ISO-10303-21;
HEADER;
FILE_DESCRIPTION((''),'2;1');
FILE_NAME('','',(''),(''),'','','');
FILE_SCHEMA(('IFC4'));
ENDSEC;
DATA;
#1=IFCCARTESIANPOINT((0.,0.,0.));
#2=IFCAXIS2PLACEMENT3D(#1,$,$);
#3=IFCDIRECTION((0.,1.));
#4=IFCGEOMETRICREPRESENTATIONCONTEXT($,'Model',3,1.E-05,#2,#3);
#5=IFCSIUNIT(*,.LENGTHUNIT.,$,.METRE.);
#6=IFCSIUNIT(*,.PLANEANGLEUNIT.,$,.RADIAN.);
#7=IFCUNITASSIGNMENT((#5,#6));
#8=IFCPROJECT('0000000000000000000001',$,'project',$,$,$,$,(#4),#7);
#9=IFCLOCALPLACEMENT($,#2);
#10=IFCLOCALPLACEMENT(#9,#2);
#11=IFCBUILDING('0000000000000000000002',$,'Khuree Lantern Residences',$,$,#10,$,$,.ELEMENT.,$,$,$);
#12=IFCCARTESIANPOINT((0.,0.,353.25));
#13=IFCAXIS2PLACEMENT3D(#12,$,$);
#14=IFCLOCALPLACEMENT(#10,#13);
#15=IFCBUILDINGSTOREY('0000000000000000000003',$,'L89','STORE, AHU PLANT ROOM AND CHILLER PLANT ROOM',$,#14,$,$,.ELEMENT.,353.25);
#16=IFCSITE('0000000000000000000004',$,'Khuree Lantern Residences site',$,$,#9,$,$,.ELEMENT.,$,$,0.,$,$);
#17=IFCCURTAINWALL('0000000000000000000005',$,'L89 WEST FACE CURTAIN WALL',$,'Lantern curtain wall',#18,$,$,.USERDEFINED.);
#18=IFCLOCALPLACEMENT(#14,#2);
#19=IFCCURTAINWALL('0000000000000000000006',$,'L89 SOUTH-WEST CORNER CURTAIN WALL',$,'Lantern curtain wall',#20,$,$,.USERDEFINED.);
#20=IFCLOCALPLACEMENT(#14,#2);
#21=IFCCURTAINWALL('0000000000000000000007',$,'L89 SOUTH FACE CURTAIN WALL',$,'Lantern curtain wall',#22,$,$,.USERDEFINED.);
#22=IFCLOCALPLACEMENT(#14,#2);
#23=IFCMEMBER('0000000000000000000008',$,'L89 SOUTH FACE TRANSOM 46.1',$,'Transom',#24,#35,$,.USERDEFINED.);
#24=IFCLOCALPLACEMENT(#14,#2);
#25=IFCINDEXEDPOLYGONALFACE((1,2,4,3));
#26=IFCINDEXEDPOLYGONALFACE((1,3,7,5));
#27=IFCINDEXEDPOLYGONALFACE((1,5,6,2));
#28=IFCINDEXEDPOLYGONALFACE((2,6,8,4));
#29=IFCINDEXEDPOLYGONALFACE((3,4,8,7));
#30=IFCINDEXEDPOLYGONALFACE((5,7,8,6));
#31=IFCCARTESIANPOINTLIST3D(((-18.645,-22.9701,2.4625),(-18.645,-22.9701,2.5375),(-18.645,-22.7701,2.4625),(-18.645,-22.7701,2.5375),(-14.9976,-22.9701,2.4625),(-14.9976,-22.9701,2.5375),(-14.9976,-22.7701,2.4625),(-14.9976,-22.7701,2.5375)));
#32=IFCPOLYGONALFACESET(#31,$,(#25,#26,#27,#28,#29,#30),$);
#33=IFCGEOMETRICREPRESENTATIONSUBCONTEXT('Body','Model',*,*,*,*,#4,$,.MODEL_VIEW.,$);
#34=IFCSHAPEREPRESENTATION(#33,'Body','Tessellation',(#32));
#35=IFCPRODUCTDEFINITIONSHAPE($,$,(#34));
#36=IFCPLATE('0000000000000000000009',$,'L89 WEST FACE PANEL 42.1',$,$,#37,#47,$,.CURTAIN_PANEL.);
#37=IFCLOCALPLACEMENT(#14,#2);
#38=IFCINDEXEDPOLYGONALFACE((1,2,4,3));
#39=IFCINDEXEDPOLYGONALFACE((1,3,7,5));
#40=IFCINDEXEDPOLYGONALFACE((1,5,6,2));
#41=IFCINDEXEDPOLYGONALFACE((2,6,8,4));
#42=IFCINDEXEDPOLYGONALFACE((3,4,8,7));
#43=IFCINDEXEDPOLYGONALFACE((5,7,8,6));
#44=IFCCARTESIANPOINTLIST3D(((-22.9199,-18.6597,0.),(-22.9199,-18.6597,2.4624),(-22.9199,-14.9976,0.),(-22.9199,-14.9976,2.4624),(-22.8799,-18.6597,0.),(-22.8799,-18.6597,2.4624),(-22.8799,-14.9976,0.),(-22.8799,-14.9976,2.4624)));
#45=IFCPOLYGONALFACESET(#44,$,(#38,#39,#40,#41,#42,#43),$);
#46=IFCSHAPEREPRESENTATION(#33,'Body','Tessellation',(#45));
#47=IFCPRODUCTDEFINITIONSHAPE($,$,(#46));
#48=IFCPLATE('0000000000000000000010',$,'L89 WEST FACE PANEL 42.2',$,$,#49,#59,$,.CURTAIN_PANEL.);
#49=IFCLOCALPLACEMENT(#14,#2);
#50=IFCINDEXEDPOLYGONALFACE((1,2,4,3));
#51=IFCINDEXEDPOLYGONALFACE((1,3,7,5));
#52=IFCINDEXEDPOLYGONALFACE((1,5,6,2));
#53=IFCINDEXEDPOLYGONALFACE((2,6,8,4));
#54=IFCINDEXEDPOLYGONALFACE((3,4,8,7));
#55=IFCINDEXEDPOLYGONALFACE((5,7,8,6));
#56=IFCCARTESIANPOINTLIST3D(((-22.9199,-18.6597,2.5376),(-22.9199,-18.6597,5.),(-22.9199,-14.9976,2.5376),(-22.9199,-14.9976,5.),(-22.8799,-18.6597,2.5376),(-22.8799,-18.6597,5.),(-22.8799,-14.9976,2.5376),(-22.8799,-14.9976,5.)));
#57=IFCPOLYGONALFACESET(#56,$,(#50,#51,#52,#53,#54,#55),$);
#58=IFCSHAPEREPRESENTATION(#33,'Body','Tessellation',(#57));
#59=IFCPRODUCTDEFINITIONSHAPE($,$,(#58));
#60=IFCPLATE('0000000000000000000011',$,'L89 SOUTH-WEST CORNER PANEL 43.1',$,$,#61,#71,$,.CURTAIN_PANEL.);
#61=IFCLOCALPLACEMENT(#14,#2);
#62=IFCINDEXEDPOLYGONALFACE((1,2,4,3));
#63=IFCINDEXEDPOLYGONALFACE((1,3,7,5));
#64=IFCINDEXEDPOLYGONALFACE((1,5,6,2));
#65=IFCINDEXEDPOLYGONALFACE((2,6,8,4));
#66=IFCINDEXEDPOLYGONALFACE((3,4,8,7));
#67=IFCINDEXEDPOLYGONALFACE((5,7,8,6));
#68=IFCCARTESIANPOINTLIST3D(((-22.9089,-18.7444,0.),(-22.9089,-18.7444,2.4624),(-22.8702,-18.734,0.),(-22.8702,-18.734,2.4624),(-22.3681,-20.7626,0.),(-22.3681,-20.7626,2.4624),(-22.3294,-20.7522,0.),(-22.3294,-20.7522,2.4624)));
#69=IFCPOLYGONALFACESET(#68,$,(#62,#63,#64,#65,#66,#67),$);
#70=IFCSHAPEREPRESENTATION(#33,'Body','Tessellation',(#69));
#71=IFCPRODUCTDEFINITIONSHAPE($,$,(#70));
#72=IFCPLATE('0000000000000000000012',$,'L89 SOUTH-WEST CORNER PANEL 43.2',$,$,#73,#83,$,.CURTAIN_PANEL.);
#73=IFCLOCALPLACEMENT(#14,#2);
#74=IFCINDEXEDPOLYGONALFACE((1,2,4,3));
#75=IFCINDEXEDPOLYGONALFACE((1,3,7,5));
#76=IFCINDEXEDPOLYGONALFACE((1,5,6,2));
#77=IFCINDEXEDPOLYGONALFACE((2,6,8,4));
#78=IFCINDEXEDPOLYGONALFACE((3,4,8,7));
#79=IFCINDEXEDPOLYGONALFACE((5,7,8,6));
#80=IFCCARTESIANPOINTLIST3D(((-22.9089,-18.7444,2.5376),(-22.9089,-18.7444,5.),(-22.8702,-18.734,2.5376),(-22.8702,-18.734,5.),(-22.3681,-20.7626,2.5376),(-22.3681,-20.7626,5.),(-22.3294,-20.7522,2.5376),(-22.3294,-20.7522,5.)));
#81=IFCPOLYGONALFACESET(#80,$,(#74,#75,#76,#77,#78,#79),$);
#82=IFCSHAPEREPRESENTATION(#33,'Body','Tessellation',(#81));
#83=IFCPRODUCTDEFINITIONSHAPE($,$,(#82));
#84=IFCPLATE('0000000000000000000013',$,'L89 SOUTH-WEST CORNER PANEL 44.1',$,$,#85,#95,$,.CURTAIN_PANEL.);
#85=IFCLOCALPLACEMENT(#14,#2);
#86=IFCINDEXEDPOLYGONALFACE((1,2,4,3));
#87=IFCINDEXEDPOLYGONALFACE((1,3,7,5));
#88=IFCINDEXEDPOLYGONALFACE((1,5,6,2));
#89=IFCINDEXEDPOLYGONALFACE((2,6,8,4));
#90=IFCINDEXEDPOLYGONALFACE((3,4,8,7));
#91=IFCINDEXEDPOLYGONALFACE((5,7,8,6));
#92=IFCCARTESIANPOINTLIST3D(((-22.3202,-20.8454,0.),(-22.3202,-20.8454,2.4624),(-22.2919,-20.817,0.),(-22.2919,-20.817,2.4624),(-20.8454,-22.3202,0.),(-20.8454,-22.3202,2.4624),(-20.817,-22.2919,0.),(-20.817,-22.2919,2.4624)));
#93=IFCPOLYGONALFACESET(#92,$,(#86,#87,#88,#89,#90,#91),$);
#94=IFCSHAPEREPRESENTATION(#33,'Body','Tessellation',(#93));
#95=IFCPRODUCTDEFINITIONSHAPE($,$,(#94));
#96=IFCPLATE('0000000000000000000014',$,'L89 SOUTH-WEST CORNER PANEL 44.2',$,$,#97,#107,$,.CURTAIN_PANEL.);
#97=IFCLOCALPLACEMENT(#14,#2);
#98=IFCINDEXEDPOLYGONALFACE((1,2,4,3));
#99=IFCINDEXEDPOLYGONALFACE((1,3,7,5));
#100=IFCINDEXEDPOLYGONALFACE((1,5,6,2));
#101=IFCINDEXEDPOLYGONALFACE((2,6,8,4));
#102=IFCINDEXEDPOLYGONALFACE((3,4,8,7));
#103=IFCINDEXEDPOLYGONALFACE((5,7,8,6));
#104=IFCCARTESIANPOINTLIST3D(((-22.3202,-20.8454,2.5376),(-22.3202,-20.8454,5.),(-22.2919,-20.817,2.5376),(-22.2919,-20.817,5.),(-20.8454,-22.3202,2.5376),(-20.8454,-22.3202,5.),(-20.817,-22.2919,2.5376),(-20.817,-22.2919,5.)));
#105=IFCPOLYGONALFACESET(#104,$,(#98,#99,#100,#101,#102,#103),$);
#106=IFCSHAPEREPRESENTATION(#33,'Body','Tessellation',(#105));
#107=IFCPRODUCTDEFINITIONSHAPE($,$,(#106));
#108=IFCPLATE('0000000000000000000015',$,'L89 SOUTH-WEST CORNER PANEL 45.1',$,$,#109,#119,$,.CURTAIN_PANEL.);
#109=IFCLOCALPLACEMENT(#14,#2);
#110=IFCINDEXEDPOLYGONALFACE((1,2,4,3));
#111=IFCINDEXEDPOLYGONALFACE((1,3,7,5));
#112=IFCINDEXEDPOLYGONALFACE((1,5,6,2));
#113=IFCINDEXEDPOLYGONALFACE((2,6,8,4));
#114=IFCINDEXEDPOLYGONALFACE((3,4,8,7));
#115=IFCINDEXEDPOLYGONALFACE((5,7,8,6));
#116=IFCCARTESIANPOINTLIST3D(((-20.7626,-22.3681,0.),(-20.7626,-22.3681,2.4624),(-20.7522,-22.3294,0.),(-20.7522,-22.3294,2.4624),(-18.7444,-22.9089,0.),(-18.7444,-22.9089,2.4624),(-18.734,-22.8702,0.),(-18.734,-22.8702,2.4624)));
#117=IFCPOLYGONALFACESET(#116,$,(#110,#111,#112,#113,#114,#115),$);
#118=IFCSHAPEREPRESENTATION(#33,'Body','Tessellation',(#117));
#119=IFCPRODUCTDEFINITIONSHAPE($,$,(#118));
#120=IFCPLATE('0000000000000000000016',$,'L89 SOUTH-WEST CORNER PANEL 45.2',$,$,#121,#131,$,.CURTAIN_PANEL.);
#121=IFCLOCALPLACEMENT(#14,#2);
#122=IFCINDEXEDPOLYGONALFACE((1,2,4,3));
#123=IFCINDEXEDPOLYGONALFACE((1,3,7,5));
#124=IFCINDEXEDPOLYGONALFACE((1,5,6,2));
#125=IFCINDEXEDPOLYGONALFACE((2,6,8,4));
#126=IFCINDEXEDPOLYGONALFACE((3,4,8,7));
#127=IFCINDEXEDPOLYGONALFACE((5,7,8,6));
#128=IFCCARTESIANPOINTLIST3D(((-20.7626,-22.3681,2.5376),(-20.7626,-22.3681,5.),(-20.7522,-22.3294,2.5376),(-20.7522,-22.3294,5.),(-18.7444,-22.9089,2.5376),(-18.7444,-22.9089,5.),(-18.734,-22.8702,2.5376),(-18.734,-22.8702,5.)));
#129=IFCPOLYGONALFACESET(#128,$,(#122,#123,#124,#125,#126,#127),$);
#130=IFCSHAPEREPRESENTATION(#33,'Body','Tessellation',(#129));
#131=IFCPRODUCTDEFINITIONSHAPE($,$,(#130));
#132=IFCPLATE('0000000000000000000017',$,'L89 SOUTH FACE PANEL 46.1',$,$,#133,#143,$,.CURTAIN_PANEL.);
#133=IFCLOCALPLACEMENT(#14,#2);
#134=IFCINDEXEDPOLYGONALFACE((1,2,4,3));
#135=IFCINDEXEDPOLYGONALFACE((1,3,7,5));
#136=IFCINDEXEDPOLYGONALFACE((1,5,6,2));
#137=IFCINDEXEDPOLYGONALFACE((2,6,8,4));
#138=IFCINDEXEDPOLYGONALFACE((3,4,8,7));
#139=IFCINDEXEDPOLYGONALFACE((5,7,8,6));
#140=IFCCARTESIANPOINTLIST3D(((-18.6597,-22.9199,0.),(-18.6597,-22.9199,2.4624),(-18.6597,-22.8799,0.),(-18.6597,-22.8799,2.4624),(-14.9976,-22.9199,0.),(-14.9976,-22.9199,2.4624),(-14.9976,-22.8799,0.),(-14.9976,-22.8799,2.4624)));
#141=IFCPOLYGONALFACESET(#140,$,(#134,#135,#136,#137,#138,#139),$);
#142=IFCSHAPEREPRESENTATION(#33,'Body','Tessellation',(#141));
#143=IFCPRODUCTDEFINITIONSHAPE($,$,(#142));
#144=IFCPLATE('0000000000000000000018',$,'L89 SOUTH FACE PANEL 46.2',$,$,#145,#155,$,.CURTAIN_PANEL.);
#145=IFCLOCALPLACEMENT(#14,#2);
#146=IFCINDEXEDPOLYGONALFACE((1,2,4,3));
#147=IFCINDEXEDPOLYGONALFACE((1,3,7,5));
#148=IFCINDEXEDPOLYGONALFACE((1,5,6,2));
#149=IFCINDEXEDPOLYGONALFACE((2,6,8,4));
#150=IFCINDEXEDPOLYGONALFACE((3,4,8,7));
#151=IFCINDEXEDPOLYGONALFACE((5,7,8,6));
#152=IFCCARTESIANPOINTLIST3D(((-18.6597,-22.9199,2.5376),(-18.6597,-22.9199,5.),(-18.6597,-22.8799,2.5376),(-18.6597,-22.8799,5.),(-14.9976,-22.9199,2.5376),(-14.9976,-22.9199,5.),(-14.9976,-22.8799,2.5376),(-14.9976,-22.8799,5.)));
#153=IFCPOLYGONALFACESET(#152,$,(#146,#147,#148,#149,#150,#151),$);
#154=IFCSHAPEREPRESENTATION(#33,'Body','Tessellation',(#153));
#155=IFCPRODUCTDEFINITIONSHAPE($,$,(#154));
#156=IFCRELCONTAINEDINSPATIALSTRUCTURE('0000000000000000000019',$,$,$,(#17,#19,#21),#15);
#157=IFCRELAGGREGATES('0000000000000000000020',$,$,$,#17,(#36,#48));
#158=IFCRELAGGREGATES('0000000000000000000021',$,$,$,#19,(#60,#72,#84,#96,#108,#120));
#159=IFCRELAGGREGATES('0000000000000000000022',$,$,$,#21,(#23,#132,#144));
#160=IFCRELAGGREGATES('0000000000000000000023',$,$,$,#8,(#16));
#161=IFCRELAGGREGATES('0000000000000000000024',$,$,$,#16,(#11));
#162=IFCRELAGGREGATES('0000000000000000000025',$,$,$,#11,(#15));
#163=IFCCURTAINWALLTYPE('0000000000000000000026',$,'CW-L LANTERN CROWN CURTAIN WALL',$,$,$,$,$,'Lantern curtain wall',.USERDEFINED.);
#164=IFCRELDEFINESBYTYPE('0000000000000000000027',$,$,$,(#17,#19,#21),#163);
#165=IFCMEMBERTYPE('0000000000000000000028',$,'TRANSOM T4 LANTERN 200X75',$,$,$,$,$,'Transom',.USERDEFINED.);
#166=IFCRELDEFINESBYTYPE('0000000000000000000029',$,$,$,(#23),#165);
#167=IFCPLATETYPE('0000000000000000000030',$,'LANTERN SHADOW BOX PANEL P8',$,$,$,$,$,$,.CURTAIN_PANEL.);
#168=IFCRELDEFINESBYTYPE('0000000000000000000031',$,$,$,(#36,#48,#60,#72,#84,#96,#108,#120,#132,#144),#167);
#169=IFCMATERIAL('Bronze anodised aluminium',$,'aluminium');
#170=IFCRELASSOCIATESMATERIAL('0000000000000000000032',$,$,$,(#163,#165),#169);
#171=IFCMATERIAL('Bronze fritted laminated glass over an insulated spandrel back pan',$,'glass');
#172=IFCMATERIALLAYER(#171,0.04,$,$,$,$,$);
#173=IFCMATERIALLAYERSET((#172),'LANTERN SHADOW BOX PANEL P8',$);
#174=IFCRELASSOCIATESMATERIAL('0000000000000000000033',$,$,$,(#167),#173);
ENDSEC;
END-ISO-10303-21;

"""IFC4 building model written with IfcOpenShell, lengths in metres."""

from ifc_helpers import new_model, si_unit, direction, frame, origin, origin_2d, place, context, subcontext, project, spatial, rectangle, extrude, material, layer, layer_set, material_profile, profile_set, type_object, element, aggregate, save


model = new_model("IFC4")

# Units and contexts
model_context = context("Model", 3, precision=1e-05, world=origin(), true_north=direction((0.0, 1.0)))
body_context = subcontext(model_context, "Body", "Model", "MODEL_VIEW")
ifc_project = project(units=[si_unit("LENGTHUNIT", "METRE"), si_unit("PLANEANGLEUNIT", "RADIAN")], contexts=[model_context])

# Site, building, storey
site_placement = place(None, origin())
site = spatial("IfcSite", under=ifc_project, at=site_placement, Name="Khuree Lantern Residences site", CompositionType="ELEMENT", RefElevation=0.0)
building_placement = place(site_placement, origin())
building = spatial("IfcBuilding", under=site, at=building_placement, Name="Khuree Lantern Residences", CompositionType="ELEMENT")
storey_placement = place(building_placement, frame((0.0, 0.0, 353.25)))
storey = spatial("IfcBuildingStorey", under=building, at=storey_placement, Name="L89", Description="STORE, AHU PLANT ROOM AND CHILLER PLANT ROOM", CompositionType="ELEMENT", Elevation=353.25)

# Curtain wall
ifc_material_1 = material(Name="Bronze anodised aluminium", Category="aluminium")
curtain_wall_type = type_object("IfcCurtainWallType", Name="CW-L LANTERN CROWN CURTAIN WALL", ElementType="Lantern curtain wall", PredefinedType="USERDEFINED", material=ifc_material_1)
curtain_wall_1_placement = place(storey_placement, origin())
curtain_wall_1 = element("IfcCurtainWall", 1, at=curtain_wall_1_placement, inside=storey, type_object=curtain_wall_type, Name="L89 WEST FACE CURTAIN WALL", ObjectType="Lantern curtain wall", PredefinedType="USERDEFINED")

# Curtain wall
curtain_wall_2_placement = place(storey_placement, origin())
curtain_wall_2 = element("IfcCurtainWall", 2, at=curtain_wall_2_placement, inside=storey, type_object=curtain_wall_type, Name="L89 SOUTH-WEST CORNER CURTAIN WALL", ObjectType="Lantern curtain wall", PredefinedType="USERDEFINED")

# Curtain wall
curtain_wall_3_placement = place(storey_placement, origin())
curtain_wall_3 = element("IfcCurtainWall", 3, at=curtain_wall_3_placement, inside=storey, type_object=curtain_wall_type, Name="L89 SOUTH FACE CURTAIN WALL", ObjectType="Lantern curtain wall", PredefinedType="USERDEFINED")

# Member
ifc_material_profile_1 = material_profile(ifc_material_1, rectangle(XDim=0.2, YDim=0.075, at=origin_2d()), Name="T4 200X75")
ifc_profile_set_1 = profile_set([ifc_material_profile_1], Name="Bronze anodised aluminium")
member_type_1 = type_object("IfcMemberType", Name="TRANSOM T4 LANTERN 200X75", ElementType="Transom", PredefinedType="USERDEFINED", material=ifc_profile_set_1)
member_1_placement = place(storey_placement, frame((-18.645, -22.8701, 2.5), z_axis=(1.0, 0.0, 0.0), x_axis=(0.0, 1.0, 0.0)))
member_1 = element("IfcMember", 4, at=member_1_placement, type_object=member_type_1, Name="L89 SOUTH FACE TRANSOM 46.1", ObjectType="Transom", PredefinedType="USERDEFINED", context=body_context, shape_type="SweptSolid", body=[
    extrude(rectangle(XDim=0.2, YDim=0.075, at=origin_2d()), origin(), (0.0, 0.0, 1.0), 3.6475),
])

# Plates
ifc_material_2 = material(Name="Bronze fritted laminated glass over an insulated spandrel back pan", Category="glass")
ifc_layer = layer(ifc_material_2, 0.04)
ifc_layer_set = layer_set([ifc_layer], Name="LANTERN SHADOW BOX PANEL P8")
plate_type = type_object("IfcPlateType", Name="LANTERN SHADOW BOX PANEL P8", PredefinedType="CURTAIN_PANEL", material=ifc_layer_set)
plate_1_placement = place(storey_placement, frame((-22.8999, -16.8286, 0.0), z_axis=(0.0, 0.0, 1.0), x_axis=(0.0, -1.0, 0.0)))
plate_1 = element("IfcPlate", 5, at=plate_1_placement, type_object=plate_type, Name="L89 WEST FACE PANEL 42.1", PredefinedType="CURTAIN_PANEL", context=body_context, shape_type="SweptSolid", body=[
    extrude(rectangle(XDim=3.6621, YDim=0.04, at=origin_2d()), origin(), (0.0, 0.0, 1.0), 2.4624),
])
plate_2_placement = place(storey_placement, frame((-22.8999, -16.8286, 2.5376), z_axis=(0.0, 0.0, 1.0), x_axis=(0.0, -1.0, 0.0)))
plate_2 = element("IfcPlate", 6, at=plate_2_placement, type_object=plate_type, Name="L89 WEST FACE PANEL 42.2", PredefinedType="CURTAIN_PANEL", context=body_context, shape_type="SweptSolid", body=[
    extrude(rectangle(XDim=3.6621, YDim=0.04, at=origin_2d()), origin(), (0.0, 0.0, 1.0), 2.4624),
])
aggregate(curtain_wall_1, [plate_1, plate_2])
plate_3_placement = place(storey_placement, frame((-22.6191, -19.7483, 0.0), z_axis=(0.0, 0.0, 1.0), x_axis=(0.258819, -0.965926, 0.0)))
plate_3 = element("IfcPlate", 7, at=plate_3_placement, type_object=plate_type, Name="L89 SOUTH-WEST CORNER PANEL 43.1", PredefinedType="CURTAIN_PANEL", context=body_context, shape_type="SweptSolid", body=[
    extrude(rectangle(XDim=2.0894, YDim=0.04, at=origin_2d()), origin(), (0.0, 0.0, 1.0), 2.4624),
])
plate_4_placement = place(storey_placement, frame((-22.6191, -19.7483, 2.5376), z_axis=(0.0, 0.0, 1.0), x_axis=(0.258819, -0.965926, 0.0)))
plate_4 = element("IfcPlate", 8, at=plate_4_placement, type_object=plate_type, Name="L89 SOUTH-WEST CORNER PANEL 43.2", PredefinedType="CURTAIN_PANEL", context=body_context, shape_type="SweptSolid", body=[
    extrude(rectangle(XDim=2.0894, YDim=0.04, at=origin_2d()), origin(), (0.0, 0.0, 1.0), 2.4624),
])
plate_5_placement = place(storey_placement, frame((-21.5686, -21.5686, 0.0), z_axis=(0.0, 0.0, 1.0), x_axis=(0.707107, -0.707107, 0.0)))
plate_5 = element("IfcPlate", 9, at=plate_5_placement, type_object=plate_type, Name="L89 SOUTH-WEST CORNER PANEL 44.1", PredefinedType="CURTAIN_PANEL", context=body_context, shape_type="SweptSolid", body=[
    extrude(rectangle(XDim=2.0857, YDim=0.04, at=origin_2d()), origin(), (0.0, 0.0, 1.0), 2.4624),
])
plate_6_placement = place(storey_placement, frame((-21.5686, -21.5686, 2.5376), z_axis=(0.0, 0.0, 1.0), x_axis=(0.707107, -0.707107, 0.0)))
plate_6 = element("IfcPlate", 10, at=plate_6_placement, type_object=plate_type, Name="L89 SOUTH-WEST CORNER PANEL 44.2", PredefinedType="CURTAIN_PANEL", context=body_context, shape_type="SweptSolid", body=[
    extrude(rectangle(XDim=2.0857, YDim=0.04, at=origin_2d()), origin(), (0.0, 0.0, 1.0), 2.4624),
])
plate_7_placement = place(storey_placement, frame((-19.7483, -22.6191, 0.0), z_axis=(0.0, 0.0, 1.0), x_axis=(0.965926, -0.258819, 0.0)))
plate_7 = element("IfcPlate", 11, at=plate_7_placement, type_object=plate_type, Name="L89 SOUTH-WEST CORNER PANEL 45.1", PredefinedType="CURTAIN_PANEL", context=body_context, shape_type="SweptSolid", body=[
    extrude(rectangle(XDim=2.0894, YDim=0.04, at=origin_2d()), origin(), (0.0, 0.0, 1.0), 2.4624),
])
plate_8_placement = place(storey_placement, frame((-19.7483, -22.6191, 2.5376), z_axis=(0.0, 0.0, 1.0), x_axis=(0.965926, -0.258819, 0.0)))
plate_8 = element("IfcPlate", 12, at=plate_8_placement, type_object=plate_type, Name="L89 SOUTH-WEST CORNER PANEL 45.2", PredefinedType="CURTAIN_PANEL", context=body_context, shape_type="SweptSolid", body=[
    extrude(rectangle(XDim=2.0894, YDim=0.04, at=origin_2d()), origin(), (0.0, 0.0, 1.0), 2.4624),
])
aggregate(curtain_wall_2, [plate_3, plate_4, plate_5, plate_6, plate_7, plate_8])
plate_9_placement = place(storey_placement, frame((-16.8286, -22.8999, 0.0), z_axis=(0.0, 0.0, 1.0), x_axis=(1.0, 0.0, 0.0)))
plate_9 = element("IfcPlate", 13, at=plate_9_placement, type_object=plate_type, Name="L89 SOUTH FACE PANEL 46.1", PredefinedType="CURTAIN_PANEL", context=body_context, shape_type="SweptSolid", body=[
    extrude(rectangle(XDim=3.6621, YDim=0.04, at=origin_2d()), origin(), (0.0, 0.0, 1.0), 2.4624),
])
plate_10_placement = place(storey_placement, frame((-16.8286, -22.8999, 2.5376), z_axis=(0.0, 0.0, 1.0), x_axis=(1.0, 0.0, 0.0)))
plate_10 = element("IfcPlate", 14, at=plate_10_placement, type_object=plate_type, Name="L89 SOUTH FACE PANEL 46.2", PredefinedType="CURTAIN_PANEL", context=body_context, shape_type="SweptSolid", body=[
    extrude(rectangle(XDim=3.6621, YDim=0.04, at=origin_2d()), origin(), (0.0, 0.0, 1.0), 2.4624),
])
aggregate(curtain_wall_3, [member_1, plate_9, plate_10])

save(model, "model.ifc")
